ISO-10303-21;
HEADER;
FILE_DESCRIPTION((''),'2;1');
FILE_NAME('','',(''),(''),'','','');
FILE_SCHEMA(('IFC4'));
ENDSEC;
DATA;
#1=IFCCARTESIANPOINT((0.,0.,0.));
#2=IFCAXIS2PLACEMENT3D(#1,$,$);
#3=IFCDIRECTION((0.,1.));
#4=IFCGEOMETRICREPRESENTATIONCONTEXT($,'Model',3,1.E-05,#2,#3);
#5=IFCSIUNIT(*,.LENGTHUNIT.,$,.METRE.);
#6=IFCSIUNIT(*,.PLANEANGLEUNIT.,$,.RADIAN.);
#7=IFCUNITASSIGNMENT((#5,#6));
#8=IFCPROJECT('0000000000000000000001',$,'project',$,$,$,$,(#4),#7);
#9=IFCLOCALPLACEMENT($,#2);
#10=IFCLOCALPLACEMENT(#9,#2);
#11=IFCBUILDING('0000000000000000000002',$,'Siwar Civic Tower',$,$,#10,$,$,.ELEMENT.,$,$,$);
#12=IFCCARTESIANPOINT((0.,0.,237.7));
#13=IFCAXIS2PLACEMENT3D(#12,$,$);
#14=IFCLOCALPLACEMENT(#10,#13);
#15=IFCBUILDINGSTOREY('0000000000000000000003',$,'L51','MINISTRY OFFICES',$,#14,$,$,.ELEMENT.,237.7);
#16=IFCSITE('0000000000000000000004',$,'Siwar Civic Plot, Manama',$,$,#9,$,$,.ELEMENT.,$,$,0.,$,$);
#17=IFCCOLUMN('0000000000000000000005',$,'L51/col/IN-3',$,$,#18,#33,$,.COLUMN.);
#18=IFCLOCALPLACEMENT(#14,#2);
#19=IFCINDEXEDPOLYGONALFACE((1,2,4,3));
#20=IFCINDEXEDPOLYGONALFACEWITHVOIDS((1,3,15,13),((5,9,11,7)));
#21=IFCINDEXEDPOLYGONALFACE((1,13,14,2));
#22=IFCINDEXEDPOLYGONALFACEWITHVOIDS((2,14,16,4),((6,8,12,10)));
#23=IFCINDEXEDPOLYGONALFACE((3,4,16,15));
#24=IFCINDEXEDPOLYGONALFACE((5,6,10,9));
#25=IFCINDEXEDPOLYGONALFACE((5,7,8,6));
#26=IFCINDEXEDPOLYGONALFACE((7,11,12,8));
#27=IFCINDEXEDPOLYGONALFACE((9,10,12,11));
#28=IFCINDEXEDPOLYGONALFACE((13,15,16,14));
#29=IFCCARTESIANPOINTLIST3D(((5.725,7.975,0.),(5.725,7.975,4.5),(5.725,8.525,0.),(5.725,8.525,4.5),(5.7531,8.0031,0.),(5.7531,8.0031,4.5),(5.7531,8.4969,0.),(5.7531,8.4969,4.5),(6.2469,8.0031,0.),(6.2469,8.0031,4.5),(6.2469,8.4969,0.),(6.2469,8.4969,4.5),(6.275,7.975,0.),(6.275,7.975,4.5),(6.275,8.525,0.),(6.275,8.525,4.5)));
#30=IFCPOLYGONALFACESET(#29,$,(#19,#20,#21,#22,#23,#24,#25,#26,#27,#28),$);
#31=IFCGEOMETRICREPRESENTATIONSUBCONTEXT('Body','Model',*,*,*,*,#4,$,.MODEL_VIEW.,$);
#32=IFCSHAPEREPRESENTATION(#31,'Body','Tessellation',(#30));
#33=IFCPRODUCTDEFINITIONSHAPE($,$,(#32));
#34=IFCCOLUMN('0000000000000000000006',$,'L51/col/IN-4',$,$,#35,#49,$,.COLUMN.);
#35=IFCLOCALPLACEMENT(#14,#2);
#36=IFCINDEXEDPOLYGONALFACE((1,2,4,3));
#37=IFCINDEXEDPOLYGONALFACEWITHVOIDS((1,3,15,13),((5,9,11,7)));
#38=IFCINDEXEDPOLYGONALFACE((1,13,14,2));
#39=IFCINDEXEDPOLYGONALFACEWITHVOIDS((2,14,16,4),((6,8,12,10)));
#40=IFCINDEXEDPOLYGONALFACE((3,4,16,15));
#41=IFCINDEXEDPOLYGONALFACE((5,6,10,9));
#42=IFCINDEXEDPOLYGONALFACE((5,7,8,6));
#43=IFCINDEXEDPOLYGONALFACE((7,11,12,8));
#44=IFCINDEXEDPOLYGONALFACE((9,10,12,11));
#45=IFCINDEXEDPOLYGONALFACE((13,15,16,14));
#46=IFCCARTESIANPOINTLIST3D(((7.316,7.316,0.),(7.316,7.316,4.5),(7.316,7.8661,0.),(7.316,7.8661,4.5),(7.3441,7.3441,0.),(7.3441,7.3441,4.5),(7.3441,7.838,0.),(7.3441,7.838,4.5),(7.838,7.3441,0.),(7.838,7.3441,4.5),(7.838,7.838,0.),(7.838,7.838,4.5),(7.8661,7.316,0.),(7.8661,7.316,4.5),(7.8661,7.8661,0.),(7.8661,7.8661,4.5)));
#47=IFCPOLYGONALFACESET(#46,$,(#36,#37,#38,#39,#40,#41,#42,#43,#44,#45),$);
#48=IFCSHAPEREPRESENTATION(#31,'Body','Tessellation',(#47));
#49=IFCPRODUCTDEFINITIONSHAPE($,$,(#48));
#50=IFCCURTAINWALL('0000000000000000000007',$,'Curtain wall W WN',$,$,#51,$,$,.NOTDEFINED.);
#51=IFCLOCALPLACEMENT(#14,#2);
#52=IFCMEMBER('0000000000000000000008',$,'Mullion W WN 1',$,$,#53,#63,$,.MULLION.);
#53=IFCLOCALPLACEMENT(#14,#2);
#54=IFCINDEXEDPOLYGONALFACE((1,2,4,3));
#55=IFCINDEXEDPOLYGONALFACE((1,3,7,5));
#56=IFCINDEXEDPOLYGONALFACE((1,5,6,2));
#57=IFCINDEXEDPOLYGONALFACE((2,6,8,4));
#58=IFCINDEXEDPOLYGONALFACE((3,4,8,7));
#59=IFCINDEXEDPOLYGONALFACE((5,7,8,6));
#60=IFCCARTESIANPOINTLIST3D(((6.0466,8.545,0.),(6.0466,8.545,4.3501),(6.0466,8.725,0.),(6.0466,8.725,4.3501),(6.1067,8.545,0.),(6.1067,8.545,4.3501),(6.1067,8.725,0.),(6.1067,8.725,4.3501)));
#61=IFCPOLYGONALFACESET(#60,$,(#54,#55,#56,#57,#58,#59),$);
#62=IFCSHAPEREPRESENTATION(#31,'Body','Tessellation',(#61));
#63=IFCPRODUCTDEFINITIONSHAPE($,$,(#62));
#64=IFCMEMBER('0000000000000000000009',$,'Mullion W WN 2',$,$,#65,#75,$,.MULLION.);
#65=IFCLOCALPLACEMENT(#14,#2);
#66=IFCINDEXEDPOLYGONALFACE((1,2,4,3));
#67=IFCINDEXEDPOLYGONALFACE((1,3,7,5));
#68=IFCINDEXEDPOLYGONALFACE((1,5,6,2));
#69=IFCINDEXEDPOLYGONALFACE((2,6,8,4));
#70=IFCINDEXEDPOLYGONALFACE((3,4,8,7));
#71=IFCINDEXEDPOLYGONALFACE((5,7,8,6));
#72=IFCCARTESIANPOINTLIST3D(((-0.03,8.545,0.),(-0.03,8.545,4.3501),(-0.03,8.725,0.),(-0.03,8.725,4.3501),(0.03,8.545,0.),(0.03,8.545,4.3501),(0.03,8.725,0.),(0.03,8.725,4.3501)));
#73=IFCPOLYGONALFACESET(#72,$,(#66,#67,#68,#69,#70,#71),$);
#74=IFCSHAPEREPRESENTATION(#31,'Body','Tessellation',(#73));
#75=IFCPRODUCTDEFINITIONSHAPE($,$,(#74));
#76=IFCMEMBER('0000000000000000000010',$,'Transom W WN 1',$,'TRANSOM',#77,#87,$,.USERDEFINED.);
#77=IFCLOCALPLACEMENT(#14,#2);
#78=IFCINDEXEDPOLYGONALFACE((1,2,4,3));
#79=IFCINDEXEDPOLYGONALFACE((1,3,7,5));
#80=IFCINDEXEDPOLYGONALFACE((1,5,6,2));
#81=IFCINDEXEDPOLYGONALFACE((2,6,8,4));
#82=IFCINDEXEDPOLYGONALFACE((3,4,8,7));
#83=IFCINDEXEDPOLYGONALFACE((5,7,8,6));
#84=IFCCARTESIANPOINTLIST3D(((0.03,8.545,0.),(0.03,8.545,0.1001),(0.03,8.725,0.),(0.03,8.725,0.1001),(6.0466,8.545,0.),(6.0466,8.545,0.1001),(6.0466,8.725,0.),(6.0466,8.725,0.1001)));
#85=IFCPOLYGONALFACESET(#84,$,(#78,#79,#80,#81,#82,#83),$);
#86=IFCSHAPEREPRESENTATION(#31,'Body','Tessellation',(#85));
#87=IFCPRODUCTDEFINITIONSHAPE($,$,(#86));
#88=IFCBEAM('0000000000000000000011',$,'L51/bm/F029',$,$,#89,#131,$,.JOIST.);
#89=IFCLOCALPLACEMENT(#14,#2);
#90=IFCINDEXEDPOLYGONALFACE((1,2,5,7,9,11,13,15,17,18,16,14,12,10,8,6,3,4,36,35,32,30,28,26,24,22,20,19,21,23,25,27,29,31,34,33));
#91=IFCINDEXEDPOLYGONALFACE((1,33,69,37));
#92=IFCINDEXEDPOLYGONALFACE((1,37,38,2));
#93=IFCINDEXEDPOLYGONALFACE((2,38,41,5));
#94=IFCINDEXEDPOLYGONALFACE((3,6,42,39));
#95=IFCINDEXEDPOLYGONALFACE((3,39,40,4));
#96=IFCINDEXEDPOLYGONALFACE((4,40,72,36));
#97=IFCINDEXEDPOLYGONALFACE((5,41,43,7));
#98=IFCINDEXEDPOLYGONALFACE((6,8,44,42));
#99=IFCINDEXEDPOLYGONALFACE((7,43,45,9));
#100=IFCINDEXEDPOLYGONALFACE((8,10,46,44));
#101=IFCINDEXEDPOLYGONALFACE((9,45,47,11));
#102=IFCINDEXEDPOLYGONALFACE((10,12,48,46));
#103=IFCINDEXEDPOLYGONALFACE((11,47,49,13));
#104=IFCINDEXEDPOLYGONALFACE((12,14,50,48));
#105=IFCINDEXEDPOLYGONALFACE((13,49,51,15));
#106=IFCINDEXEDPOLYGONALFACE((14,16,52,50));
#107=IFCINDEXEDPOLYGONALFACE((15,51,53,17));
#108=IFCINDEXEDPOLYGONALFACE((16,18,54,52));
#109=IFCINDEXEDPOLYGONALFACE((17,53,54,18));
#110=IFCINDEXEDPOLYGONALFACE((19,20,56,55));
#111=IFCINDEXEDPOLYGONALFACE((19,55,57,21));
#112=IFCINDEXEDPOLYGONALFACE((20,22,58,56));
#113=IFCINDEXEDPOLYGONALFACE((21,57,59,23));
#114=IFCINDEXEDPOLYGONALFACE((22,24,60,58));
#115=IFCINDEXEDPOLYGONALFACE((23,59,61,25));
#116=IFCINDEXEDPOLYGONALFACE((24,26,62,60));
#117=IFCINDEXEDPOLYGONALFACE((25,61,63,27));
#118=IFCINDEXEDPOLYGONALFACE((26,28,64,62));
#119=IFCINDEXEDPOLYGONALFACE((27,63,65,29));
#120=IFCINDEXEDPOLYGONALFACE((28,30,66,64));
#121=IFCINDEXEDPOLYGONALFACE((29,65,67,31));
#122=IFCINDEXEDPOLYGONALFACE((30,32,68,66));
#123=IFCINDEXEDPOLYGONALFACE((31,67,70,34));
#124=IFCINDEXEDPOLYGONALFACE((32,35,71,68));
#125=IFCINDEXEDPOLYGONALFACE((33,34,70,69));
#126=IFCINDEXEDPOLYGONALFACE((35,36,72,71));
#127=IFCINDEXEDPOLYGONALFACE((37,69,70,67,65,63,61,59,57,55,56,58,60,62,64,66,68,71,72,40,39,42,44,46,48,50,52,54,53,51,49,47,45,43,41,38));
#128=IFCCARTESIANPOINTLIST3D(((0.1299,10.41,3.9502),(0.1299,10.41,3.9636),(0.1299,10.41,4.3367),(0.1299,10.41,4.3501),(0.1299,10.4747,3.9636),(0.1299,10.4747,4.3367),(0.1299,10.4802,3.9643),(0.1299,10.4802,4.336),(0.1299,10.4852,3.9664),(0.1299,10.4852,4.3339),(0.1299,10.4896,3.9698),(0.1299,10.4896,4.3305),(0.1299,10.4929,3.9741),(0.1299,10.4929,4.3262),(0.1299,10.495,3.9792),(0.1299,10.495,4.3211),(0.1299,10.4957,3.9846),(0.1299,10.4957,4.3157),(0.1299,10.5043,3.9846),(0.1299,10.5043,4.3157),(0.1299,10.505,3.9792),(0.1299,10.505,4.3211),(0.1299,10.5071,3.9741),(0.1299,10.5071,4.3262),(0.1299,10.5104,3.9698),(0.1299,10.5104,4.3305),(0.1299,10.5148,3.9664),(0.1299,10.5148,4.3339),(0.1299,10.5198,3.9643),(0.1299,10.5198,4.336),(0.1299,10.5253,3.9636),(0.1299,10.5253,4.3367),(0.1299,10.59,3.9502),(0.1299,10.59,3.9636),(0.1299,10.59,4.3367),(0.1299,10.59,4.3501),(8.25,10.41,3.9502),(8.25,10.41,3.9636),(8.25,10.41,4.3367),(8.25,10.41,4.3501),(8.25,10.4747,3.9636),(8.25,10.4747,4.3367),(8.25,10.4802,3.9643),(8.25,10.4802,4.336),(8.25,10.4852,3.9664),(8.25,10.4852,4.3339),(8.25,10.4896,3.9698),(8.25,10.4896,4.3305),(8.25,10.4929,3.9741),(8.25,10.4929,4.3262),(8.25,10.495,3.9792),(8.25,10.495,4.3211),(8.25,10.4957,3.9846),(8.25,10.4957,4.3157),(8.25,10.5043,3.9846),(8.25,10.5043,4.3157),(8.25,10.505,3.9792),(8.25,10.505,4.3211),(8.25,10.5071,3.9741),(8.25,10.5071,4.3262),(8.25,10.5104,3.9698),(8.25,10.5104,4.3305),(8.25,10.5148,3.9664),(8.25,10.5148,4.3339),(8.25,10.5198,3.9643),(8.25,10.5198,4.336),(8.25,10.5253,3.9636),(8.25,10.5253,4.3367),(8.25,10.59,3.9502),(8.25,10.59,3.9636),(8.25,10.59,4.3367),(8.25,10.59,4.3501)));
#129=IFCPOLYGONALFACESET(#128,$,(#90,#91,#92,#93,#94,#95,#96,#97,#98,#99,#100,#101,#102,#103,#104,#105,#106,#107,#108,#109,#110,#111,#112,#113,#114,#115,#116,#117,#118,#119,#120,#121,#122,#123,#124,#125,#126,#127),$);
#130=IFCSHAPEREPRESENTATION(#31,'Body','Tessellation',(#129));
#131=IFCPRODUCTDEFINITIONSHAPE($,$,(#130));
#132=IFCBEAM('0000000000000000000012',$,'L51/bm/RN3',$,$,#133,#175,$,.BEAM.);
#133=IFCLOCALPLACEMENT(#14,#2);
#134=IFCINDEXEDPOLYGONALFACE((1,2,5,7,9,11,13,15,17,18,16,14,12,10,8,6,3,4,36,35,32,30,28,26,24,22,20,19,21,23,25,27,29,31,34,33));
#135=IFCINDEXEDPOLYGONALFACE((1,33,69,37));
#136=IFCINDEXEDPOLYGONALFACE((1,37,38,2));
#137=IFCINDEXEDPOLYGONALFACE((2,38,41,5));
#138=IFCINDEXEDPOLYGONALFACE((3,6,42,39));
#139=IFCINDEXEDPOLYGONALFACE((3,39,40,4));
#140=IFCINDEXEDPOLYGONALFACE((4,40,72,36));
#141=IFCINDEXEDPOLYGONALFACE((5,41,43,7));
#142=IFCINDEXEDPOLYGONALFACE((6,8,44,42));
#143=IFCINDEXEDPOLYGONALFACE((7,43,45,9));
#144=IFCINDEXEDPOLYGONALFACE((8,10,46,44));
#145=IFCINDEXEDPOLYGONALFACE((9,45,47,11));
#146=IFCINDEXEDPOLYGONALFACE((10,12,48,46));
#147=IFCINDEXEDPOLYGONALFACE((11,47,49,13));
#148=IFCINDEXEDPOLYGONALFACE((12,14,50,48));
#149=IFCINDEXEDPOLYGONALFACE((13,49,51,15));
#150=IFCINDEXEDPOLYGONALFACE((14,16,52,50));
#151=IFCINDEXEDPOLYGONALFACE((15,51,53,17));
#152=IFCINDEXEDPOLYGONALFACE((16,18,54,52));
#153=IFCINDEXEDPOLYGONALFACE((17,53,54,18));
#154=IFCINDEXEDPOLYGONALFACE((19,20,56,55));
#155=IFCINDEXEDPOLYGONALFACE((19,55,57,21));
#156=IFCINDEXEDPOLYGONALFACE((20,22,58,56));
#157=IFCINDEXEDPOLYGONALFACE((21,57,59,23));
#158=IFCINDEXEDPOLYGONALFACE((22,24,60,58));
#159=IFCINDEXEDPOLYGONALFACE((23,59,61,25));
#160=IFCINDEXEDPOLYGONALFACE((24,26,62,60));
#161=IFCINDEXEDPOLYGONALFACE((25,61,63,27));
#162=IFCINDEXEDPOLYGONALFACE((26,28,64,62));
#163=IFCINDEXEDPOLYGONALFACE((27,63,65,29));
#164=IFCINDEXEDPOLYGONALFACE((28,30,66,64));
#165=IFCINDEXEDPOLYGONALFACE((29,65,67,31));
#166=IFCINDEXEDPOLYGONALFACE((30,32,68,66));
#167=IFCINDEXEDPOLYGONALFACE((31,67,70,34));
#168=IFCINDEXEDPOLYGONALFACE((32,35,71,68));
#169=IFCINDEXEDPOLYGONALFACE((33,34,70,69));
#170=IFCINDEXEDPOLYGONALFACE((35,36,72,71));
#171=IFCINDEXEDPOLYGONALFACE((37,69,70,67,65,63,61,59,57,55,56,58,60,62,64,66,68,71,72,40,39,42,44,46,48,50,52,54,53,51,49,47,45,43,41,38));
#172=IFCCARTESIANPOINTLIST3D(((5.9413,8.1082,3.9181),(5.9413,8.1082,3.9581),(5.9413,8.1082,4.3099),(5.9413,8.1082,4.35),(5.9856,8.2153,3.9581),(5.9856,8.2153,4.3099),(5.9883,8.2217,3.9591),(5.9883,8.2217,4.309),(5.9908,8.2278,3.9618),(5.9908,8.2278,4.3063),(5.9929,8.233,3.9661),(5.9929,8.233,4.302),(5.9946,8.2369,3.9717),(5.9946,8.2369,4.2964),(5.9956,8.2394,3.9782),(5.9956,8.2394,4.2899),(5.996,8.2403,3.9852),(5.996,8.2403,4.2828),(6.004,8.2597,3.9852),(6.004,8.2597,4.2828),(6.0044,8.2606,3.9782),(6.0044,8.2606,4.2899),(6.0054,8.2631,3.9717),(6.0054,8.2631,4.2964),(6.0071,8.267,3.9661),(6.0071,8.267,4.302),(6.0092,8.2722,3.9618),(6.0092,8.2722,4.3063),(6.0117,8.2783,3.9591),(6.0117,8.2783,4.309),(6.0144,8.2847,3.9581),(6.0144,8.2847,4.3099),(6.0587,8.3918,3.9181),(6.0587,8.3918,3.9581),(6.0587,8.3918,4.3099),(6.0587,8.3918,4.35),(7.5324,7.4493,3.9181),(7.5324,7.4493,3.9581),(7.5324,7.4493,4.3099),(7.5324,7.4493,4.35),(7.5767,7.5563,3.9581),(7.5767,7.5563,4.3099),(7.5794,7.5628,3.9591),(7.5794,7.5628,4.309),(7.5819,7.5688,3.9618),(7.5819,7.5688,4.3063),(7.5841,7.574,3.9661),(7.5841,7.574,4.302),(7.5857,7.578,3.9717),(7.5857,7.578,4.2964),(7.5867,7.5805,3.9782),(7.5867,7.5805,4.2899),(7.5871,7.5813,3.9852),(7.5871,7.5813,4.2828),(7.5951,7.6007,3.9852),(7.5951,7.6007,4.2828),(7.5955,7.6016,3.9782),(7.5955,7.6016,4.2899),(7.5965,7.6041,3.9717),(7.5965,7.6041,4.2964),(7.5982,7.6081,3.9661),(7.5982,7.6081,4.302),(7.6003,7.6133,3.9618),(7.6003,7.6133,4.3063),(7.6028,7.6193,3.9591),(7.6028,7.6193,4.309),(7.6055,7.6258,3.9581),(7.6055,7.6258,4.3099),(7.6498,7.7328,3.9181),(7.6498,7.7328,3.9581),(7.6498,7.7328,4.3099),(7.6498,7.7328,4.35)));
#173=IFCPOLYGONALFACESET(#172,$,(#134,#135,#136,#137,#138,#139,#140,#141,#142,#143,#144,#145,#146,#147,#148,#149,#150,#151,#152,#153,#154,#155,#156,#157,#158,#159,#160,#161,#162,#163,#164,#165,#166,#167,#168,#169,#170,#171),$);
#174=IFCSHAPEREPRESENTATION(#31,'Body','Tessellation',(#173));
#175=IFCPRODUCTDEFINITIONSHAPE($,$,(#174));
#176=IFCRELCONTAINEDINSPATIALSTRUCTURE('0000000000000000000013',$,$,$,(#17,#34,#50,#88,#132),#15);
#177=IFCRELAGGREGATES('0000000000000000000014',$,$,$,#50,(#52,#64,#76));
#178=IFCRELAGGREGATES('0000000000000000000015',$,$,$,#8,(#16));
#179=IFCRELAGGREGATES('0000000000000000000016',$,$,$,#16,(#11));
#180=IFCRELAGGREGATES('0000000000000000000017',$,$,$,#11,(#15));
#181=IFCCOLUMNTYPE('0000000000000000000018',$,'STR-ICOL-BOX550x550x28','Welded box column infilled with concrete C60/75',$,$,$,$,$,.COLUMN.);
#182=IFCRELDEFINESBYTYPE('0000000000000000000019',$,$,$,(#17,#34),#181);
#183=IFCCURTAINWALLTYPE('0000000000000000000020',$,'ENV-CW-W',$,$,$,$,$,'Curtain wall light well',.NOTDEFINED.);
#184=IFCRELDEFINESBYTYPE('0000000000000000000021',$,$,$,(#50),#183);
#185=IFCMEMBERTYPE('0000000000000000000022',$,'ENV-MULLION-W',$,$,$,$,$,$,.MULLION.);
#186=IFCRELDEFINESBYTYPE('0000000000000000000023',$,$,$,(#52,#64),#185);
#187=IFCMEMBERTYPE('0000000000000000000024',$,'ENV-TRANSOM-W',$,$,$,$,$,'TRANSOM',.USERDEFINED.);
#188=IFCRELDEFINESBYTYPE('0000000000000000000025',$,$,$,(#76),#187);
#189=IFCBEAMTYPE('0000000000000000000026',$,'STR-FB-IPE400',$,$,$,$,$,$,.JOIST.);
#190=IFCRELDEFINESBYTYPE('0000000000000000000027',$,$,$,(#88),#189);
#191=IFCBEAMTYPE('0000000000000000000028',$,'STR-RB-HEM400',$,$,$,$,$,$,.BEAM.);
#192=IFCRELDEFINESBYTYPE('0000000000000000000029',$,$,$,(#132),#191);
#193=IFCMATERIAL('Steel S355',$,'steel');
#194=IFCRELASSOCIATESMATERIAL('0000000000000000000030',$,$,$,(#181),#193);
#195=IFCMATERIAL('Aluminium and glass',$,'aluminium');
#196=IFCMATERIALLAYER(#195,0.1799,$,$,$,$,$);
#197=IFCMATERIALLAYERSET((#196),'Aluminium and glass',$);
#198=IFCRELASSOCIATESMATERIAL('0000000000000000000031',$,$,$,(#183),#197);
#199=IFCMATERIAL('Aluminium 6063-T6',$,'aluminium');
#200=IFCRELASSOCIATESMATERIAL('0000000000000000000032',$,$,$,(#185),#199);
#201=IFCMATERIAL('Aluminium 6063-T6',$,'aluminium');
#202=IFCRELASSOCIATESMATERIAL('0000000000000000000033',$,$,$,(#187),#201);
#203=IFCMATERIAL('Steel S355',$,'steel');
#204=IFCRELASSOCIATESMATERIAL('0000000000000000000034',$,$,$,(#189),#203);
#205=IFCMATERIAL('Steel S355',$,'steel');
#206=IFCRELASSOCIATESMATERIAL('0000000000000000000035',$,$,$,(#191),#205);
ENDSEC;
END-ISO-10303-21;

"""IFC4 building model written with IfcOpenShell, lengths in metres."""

from ifc_helpers import new_model, si_unit, direction, frame, origin, origin_2d, place, context, subcontext, project, spatial, rectangle, hollow_rectangle, i_section, extrude, material, layer, layer_set, material_profile, profile_set, type_object, element, aggregate, save


model = new_model("IFC4")

# Units and contexts
model_context = context("Model", 3, precision=1e-05, world=origin(), true_north=direction((0.0, 1.0)))
body_context = subcontext(model_context, "Body", "Model", "MODEL_VIEW")
ifc_project = project(units=[si_unit("LENGTHUNIT", "METRE"), si_unit("PLANEANGLEUNIT", "RADIAN")], contexts=[model_context])

# Site, building, storey
site_placement = place(None, origin())
site = spatial("IfcSite", under=ifc_project, at=site_placement, Name="Siwar Civic Plot, Manama", CompositionType="ELEMENT", RefElevation=0.0)
building_placement = place(site_placement, origin())
building = spatial("IfcBuilding", under=site, at=building_placement, Name="Siwar Civic Tower", CompositionType="ELEMENT")
storey_placement = place(building_placement, frame((0.0, 0.0, 237.7)))
storey = spatial("IfcBuildingStorey", under=building, at=storey_placement, Name="L51", Description="MINISTRY OFFICES", CompositionType="ELEMENT", Elevation=237.7)

# Columns
ifc_material_1 = material(Name="Steel S355", Category="steel")
ifc_material_profile_1 = material_profile(ifc_material_1, hollow_rectangle(XDim=0.55, YDim=0.55, WallThickness=0.0281, at=origin_2d()), Name="BOX550x550x28")
ifc_profile_set_1 = profile_set([ifc_material_profile_1], Name="Steel S355")
column_type = type_object("IfcColumnType", Name="STR-ICOL-BOX550x550x28", Description="Welded box column infilled with concrete C60/75", PredefinedType="COLUMN", material=ifc_profile_set_1)
for number, where, z_axis, x_axis, name in (
    (1, (6.0, 8.25, 0.0), (0.0, 0.0, 1.0), (1.0, 0.0, 0.0), "L51/col/IN-3"),
    (2, (7.5911, 7.5911, 0.0), (0.0, 0.0, 1.0), (1.0, 0.0, 0.0), "L51/col/IN-4"),
):
    element("IfcColumn", number, at=place(storey_placement, frame(where, z_axis=z_axis, x_axis=x_axis)), inside=storey, type_object=column_type, Name=name, PredefinedType="COLUMN", context=body_context, shape_type="SweptSolid", body=[
        extrude(hollow_rectangle(XDim=0.55, YDim=0.55, WallThickness=0.0281, at=origin_2d()), origin(), (0.0, 0.0, 1.0), 4.5),
    ])

# Curtain wall, members
ifc_material_2 = material(Name="Aluminium and glass", Category="aluminium")
ifc_layer_1 = layer(ifc_material_2, 0.1799)
ifc_layer_set_1 = layer_set([ifc_layer_1], Name="Aluminium and glass")
curtain_wall_type = type_object("IfcCurtainWallType", Name="ENV-CW-W", ElementType="Curtain wall light well", PredefinedType="NOTDEFINED", material=ifc_layer_set_1)
curtain_wall_placement = place(storey_placement, origin())
curtain_wall = element("IfcCurtainWall", 3, at=curtain_wall_placement, inside=storey, type_object=curtain_wall_type, Name="Curtain wall W WN", PredefinedType="NOTDEFINED")
ifc_material_3 = material(Name="Aluminium 6063-T6", Category="aluminium")
ifc_material_profile_2 = material_profile(ifc_material_3, rectangle(XDim=0.1799, YDim=0.0601, at=origin_2d()), Name="AL 180x60")
ifc_profile_set_2 = profile_set([ifc_material_profile_2], Name="Aluminium 6063-T6")
member_type_1 = type_object("IfcMemberType", Name="ENV-MULLION-W", PredefinedType="MULLION", material=ifc_profile_set_2)
member_1_placement = place(storey_placement, frame((6.0767, 8.635, 0.0), z_axis=(0.0, 0.0, 1.0), x_axis=(0.0, -1.0, 0.0)))
member_1 = element("IfcMember", 4, at=member_1_placement, type_object=member_type_1, Name="Mullion W WN 1", PredefinedType="MULLION", context=body_context, shape_type="SweptSolid", body=[
    extrude(rectangle(XDim=0.1799, YDim=0.0601, at=origin_2d()), origin(), (0.0, 0.0, 1.0), 4.3501),
])
member_2_placement = place(storey_placement, frame((0.0, 8.635, 0.0), z_axis=(0.0, 0.0, 1.0), x_axis=(0.0, -1.0, 0.0)))
member_2 = element("IfcMember", 5, at=member_2_placement, type_object=member_type_1, Name="Mullion W WN 2", PredefinedType="MULLION", context=body_context, shape_type="SweptSolid", body=[
    extrude(rectangle(XDim=0.1799, YDim=0.0601, at=origin_2d()), origin(), (0.0, 0.0, 1.0), 4.3501),
])
ifc_material_4 = material(Name="Aluminium 6063-T6", Category="aluminium")
ifc_material_profile_3 = material_profile(ifc_material_4, rectangle(XDim=0.1799, YDim=0.1001, at=origin_2d()), Name="AL 180x100")
ifc_profile_set_3 = profile_set([ifc_material_profile_3], Name="Aluminium 6063-T6")
member_type_2 = type_object("IfcMemberType", Name="ENV-TRANSOM-W", ElementType="TRANSOM", PredefinedType="USERDEFINED", material=ifc_profile_set_3)
member_3_placement = place(storey_placement, frame((6.0466, 8.635, 0.05), z_axis=(-1.0, 0.0, 0.0), x_axis=(0.0, -1.0, 0.0)))
member_3 = element("IfcMember", 6, at=member_3_placement, type_object=member_type_2, Name="Transom W WN 1", ObjectType="TRANSOM", PredefinedType="USERDEFINED", context=body_context, shape_type="SweptSolid", body=[
    extrude(rectangle(XDim=0.1799, YDim=0.1001, at=origin_2d()), origin(), (0.0, 0.0, 1.0), 6.0166),
])

# Beams
ifc_material_5 = material(Name="Steel S355", Category="steel")
ifc_material_profile_4 = material_profile(ifc_material_5, i_section(OverallWidth=0.1799, OverallDepth=0.3999, WebThickness=0.0085, FlangeThickness=0.0134, FilletRadius=0.021, at=origin_2d()), Name="IPE400")
ifc_profile_set_4 = profile_set([ifc_material_profile_4], Name="Steel S355")
beam_type_1 = type_object("IfcBeamType", Name="STR-FB-IPE400", PredefinedType="JOIST", material=ifc_profile_set_4)
beam_placement = place(storey_placement, frame((0.1299, 10.5, 4.1501), z_axis=(1.0, 0.0, 0.0), x_axis=(0.0, 1.0, 0.0)))
element("IfcBeam", 7, at=beam_placement, inside=storey, type_object=beam_type_1, Name="L51/bm/F029", PredefinedType="JOIST", context=body_context, shape_type="SweptSolid", body=[
    extrude(i_section(OverallWidth=0.1799, OverallDepth=0.3999, WebThickness=0.0085, FlangeThickness=0.0134, FilletRadius=0.021, at=origin_2d()), origin(), (0.0, 0.0, 1.0), 8.1201),
])
ifc_material_6 = material(Name="Steel S355", Category="steel")
ifc_material_profile_5 = material_profile(ifc_material_6, i_section(OverallWidth=0.3069, OverallDepth=0.4319, WebThickness=0.021, FlangeThickness=0.04, FilletRadius=0.0271, at=origin_2d()), Name="HEM400")
ifc_profile_set_5 = profile_set([ifc_material_profile_5], Name="Steel S355")
beam_type_2 = type_object("IfcBeamType", Name="STR-RB-HEM400", PredefinedType="BEAM", material=ifc_profile_set_5)
for number, where, z_axis, x_axis, name in (
    (8, (6.0, 8.25, 4.134), (0.923901, -0.382631, 0.0), (0.382631, 0.923901, 0.0), "L51/bm/RN3"),
):
    element("IfcBeam", number, at=place(storey_placement, frame(where, z_axis=z_axis, x_axis=x_axis)), inside=storey, type_object=beam_type_2, Name=name, PredefinedType="BEAM", context=body_context, shape_type="SweptSolid", body=[
        extrude(i_section(OverallWidth=0.3069, OverallDepth=0.4319, WebThickness=0.021, FlangeThickness=0.04, FilletRadius=0.0271, at=origin_2d()), origin(), (0.0, 0.0, 1.0), 1.7222),
    ])

aggregate(curtain_wall, [member_1, member_2, member_3])

save(model, "model.ifc")
